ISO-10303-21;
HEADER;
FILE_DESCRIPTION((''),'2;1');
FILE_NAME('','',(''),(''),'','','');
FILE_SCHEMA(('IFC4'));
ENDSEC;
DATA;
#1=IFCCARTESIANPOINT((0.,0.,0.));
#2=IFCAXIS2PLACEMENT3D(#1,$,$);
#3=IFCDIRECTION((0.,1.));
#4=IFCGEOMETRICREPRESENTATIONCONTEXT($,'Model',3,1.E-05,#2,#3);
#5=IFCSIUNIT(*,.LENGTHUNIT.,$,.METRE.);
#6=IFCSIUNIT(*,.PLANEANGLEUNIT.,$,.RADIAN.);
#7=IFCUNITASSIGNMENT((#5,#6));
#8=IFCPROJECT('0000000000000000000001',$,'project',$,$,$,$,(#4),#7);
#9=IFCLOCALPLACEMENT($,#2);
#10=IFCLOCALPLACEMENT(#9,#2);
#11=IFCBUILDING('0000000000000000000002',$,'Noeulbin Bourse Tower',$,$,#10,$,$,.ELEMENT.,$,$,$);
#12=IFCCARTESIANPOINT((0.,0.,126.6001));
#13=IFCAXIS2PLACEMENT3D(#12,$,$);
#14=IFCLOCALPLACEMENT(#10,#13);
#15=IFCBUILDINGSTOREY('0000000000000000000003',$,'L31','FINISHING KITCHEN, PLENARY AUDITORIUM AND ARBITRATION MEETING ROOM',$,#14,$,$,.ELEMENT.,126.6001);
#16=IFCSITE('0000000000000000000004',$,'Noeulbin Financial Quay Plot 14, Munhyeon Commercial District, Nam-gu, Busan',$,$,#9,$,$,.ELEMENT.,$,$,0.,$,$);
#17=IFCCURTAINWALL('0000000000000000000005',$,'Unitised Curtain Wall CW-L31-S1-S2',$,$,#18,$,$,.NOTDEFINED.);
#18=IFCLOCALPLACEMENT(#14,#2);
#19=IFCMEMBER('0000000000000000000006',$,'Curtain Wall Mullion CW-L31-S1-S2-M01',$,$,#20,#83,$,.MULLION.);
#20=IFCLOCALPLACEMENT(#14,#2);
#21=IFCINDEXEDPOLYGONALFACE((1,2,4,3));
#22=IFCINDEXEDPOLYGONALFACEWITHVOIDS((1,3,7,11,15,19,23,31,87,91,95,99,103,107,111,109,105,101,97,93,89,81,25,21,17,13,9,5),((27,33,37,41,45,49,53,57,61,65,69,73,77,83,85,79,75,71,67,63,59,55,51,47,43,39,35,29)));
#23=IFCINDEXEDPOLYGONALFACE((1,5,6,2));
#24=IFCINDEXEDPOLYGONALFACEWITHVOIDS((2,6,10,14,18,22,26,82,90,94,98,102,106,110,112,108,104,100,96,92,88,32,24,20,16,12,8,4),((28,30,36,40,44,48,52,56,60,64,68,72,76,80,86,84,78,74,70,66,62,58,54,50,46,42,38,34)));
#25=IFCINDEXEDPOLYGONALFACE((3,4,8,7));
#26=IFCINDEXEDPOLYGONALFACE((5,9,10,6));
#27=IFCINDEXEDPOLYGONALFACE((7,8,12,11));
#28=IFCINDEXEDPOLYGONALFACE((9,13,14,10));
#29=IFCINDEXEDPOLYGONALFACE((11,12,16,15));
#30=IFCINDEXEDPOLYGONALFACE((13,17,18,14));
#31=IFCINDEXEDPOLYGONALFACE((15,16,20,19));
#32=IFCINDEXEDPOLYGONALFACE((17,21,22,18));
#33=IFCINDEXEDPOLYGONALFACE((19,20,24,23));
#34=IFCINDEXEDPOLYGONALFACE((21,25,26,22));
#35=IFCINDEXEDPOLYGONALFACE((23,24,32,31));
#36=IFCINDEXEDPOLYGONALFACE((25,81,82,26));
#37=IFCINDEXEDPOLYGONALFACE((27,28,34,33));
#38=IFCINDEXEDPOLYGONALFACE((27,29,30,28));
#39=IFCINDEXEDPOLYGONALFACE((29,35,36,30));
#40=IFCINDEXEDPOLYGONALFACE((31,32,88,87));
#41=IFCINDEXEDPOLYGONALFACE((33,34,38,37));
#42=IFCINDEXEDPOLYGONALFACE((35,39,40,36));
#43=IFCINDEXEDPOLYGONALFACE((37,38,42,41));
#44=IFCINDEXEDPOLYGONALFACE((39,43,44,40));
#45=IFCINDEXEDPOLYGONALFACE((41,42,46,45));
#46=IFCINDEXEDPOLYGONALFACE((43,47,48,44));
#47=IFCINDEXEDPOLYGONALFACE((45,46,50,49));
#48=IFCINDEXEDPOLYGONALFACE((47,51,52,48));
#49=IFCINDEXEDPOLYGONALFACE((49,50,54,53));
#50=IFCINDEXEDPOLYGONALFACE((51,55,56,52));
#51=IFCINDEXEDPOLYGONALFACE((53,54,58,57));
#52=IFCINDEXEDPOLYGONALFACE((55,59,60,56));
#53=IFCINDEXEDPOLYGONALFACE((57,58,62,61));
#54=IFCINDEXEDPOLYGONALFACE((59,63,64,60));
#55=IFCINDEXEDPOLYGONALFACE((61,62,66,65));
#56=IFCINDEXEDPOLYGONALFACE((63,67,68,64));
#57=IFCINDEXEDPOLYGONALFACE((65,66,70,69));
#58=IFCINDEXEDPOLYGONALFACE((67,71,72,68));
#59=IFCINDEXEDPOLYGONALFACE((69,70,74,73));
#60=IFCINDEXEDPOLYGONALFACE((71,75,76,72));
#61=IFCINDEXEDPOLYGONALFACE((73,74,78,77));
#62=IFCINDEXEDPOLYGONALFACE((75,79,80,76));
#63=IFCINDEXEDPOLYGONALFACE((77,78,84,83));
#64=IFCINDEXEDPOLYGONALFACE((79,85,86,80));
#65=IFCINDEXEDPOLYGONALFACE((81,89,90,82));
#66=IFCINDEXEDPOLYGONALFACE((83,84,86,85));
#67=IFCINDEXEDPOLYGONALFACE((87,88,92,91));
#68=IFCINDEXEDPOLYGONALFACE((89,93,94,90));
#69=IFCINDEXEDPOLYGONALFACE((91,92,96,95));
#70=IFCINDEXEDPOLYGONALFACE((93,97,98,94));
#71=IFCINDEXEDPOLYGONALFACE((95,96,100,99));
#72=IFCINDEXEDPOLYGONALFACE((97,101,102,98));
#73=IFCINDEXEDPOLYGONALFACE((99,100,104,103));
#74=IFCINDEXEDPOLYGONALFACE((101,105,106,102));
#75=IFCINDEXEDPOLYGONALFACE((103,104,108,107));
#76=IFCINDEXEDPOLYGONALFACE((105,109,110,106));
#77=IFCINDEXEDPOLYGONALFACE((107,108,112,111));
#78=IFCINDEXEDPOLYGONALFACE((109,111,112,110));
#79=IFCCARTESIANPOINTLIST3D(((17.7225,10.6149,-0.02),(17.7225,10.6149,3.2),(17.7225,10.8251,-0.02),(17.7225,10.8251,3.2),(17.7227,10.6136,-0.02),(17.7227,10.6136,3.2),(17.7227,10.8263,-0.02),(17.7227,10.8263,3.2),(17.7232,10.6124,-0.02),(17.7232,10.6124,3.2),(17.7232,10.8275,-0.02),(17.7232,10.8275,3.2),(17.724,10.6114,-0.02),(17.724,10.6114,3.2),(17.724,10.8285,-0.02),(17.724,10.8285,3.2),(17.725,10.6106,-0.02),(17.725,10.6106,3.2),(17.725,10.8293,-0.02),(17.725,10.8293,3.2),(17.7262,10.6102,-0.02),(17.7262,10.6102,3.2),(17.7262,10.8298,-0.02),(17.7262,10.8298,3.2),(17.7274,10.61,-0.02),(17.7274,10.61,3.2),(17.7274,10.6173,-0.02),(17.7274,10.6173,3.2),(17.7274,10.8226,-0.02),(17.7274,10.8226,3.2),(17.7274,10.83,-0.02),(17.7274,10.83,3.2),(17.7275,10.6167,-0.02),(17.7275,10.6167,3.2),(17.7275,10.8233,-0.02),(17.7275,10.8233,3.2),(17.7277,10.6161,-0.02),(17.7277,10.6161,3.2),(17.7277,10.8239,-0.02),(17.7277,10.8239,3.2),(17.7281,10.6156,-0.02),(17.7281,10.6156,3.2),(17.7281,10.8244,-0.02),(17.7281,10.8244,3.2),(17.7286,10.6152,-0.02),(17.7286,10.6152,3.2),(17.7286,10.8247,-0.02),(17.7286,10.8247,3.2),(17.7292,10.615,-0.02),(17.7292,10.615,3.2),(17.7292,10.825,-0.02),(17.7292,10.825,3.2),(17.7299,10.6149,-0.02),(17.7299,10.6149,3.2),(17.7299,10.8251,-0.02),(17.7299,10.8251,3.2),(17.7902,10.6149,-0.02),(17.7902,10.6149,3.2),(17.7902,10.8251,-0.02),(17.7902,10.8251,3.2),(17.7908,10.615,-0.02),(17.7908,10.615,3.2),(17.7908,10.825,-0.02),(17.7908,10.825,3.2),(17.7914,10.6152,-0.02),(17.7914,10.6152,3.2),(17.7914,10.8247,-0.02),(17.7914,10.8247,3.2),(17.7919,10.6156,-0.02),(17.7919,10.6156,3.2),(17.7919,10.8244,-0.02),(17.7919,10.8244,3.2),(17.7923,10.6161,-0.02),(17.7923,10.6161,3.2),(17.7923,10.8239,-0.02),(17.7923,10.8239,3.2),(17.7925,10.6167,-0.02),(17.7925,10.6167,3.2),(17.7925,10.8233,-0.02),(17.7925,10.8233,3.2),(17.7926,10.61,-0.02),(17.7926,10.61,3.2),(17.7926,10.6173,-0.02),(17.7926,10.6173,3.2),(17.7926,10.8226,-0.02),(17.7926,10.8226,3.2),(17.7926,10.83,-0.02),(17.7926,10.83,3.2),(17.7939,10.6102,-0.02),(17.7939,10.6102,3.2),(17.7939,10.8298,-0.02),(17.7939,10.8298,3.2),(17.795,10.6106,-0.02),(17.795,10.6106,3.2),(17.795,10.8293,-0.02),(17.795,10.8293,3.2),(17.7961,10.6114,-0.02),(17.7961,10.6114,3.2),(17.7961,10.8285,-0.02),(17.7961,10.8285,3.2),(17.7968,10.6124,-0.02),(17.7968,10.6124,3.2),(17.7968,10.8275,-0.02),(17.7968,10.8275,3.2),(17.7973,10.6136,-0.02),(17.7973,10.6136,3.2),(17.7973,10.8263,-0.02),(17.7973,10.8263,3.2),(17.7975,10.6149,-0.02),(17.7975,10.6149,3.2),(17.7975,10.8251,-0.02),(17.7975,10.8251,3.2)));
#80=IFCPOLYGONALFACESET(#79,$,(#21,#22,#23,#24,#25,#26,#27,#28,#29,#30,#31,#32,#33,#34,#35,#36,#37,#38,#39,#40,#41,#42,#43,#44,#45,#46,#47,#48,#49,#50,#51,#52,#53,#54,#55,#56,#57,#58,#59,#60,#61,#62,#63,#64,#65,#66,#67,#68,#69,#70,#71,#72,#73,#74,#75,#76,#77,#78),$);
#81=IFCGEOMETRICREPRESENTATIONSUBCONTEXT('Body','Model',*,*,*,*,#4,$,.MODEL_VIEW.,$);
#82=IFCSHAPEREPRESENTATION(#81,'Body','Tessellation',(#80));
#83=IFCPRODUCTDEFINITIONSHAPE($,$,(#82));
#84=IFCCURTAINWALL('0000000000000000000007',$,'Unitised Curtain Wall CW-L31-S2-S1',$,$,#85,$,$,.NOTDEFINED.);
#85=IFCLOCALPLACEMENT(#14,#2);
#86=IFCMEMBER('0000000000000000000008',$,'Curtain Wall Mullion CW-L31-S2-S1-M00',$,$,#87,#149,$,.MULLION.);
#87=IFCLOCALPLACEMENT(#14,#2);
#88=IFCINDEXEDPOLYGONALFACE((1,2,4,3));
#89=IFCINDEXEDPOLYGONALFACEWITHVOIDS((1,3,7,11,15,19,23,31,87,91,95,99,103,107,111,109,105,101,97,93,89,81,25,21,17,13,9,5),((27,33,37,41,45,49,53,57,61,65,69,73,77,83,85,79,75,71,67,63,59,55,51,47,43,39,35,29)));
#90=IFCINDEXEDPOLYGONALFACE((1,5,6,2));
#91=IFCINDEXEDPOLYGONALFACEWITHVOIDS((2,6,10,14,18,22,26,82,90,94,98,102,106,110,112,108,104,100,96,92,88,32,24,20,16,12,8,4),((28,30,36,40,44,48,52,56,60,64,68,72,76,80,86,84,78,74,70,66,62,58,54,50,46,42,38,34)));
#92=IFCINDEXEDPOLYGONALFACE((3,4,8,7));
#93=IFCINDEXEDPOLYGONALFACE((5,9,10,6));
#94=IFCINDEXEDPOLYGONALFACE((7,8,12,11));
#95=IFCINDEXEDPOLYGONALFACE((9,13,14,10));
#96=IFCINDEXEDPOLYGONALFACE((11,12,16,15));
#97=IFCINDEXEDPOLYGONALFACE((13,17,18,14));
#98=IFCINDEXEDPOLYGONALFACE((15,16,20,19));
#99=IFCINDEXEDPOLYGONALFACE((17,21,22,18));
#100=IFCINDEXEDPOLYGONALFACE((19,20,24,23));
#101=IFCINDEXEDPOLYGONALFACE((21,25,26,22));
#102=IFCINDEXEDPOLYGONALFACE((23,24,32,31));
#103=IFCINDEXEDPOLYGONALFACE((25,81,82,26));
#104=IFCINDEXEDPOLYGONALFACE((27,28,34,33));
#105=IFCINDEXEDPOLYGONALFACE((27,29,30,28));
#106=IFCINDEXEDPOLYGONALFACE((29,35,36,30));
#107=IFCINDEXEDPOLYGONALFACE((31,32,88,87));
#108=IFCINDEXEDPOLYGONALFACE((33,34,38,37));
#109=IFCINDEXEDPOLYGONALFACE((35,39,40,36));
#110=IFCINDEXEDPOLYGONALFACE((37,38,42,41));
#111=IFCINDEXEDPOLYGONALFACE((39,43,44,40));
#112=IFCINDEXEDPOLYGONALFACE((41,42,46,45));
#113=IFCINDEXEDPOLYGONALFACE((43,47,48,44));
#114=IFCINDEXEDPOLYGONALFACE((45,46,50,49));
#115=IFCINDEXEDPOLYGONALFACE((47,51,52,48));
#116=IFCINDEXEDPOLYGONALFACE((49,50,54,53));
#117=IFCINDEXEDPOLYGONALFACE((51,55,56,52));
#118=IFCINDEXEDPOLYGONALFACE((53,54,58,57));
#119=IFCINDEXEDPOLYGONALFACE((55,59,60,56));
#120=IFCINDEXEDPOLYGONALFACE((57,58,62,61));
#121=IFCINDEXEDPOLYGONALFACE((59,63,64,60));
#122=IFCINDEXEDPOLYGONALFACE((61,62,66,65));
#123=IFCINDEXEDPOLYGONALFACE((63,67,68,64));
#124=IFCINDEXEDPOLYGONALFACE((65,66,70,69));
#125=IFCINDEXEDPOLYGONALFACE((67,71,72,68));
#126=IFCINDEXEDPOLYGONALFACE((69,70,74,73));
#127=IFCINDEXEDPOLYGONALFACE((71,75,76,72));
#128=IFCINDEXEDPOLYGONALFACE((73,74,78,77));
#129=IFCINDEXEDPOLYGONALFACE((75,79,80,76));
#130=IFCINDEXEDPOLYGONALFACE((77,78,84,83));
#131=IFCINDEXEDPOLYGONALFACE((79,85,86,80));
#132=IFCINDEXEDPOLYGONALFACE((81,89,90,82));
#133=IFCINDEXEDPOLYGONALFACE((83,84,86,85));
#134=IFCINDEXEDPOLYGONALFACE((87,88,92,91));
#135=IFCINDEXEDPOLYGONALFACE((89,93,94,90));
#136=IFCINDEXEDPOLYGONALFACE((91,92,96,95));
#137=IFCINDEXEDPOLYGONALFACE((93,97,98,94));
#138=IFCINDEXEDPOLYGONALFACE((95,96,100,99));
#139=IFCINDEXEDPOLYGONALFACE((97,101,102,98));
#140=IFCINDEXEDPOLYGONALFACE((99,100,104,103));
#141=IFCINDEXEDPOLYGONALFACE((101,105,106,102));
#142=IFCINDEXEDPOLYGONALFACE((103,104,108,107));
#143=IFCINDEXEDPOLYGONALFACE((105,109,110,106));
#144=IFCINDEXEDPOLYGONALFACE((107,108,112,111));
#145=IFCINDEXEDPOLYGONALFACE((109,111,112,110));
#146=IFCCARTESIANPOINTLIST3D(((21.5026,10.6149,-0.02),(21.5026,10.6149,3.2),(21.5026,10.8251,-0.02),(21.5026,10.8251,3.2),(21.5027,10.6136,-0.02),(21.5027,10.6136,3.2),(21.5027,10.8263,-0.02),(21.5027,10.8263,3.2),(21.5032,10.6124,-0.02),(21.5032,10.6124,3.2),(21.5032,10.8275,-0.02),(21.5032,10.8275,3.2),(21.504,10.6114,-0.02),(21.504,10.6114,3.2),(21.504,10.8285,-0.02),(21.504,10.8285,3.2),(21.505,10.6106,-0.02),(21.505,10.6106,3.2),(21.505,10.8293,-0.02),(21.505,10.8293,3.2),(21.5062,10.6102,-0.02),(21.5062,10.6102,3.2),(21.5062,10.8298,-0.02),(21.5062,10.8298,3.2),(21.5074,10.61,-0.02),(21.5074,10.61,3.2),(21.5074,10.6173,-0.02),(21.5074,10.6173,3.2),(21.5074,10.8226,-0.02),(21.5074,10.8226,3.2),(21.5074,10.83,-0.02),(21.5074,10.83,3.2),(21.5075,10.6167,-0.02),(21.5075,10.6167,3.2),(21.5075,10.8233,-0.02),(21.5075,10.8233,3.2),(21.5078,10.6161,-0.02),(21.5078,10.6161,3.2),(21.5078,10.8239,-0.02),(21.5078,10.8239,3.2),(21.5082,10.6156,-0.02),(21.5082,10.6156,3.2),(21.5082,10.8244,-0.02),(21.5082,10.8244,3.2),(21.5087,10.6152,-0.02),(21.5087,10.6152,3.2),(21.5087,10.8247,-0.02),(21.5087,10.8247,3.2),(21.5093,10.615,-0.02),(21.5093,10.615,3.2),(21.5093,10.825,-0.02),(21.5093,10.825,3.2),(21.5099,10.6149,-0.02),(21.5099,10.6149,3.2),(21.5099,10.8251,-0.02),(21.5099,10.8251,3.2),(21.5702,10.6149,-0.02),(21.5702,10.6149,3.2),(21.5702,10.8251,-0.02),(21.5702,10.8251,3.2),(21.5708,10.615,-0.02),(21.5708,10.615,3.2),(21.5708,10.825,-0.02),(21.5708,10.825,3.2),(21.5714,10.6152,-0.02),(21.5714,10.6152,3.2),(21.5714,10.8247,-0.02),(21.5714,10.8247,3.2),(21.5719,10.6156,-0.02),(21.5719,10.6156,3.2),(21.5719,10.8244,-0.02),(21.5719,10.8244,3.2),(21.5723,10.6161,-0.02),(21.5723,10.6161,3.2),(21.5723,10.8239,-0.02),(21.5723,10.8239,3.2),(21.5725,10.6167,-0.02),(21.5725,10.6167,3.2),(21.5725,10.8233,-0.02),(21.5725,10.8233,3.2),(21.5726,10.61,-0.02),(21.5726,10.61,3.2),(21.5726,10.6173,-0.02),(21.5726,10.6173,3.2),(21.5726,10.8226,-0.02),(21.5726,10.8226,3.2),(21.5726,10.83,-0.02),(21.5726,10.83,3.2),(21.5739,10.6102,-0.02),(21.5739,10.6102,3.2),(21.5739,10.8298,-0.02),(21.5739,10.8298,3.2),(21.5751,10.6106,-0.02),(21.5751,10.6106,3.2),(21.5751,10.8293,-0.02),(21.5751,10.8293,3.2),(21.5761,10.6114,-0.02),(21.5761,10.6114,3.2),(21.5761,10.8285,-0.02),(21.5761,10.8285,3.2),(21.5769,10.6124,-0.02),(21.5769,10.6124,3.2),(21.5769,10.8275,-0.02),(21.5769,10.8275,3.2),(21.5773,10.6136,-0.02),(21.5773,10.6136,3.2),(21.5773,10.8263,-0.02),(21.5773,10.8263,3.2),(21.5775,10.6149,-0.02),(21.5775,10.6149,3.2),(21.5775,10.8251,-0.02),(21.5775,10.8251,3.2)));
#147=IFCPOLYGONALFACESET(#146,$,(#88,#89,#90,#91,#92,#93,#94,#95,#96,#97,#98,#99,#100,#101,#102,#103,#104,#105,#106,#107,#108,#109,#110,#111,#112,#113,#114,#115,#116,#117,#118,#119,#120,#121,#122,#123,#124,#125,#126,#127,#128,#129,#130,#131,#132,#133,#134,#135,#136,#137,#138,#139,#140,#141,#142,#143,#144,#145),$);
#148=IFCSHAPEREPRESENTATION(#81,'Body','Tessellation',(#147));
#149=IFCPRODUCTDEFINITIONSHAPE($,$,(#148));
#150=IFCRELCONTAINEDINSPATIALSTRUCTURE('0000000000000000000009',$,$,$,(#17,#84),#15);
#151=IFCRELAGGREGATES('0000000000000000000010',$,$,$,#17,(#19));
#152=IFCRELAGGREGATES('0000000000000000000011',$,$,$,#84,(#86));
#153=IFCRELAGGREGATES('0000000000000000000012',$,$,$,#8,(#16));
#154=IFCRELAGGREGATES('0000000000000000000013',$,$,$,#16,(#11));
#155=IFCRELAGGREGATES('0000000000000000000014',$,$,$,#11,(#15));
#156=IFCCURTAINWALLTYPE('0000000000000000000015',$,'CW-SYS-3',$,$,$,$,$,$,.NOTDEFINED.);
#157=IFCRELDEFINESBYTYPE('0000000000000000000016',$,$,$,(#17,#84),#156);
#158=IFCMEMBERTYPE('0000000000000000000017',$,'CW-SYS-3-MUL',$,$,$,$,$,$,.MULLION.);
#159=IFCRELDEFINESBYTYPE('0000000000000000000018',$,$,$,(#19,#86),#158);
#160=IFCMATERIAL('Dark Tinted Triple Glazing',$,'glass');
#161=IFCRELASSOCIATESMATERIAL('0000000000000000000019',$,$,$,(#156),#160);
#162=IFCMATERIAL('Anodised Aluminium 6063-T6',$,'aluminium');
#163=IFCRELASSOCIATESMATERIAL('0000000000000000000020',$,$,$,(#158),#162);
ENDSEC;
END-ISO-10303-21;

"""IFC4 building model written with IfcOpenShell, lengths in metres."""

from ifc_helpers import new_model, si_unit, direction, frame, origin, origin_2d, place, context, subcontext, project, spatial, hollow_rectangle, extrude, material, material_profile, profile_set, type_object, element, aggregate, save


model = new_model("IFC4")

# Units and contexts
model_context = context("Model", 3, precision=1e-05, world=origin(), true_north=direction((0.0, 1.0)))
body_context = subcontext(model_context, "Body", "Model", "MODEL_VIEW")
ifc_project = project(units=[si_unit("LENGTHUNIT", "METRE"), si_unit("PLANEANGLEUNIT", "RADIAN")], contexts=[model_context])

# Site, building, storey
site_placement = place(None, origin())
site = spatial("IfcSite", under=ifc_project, at=site_placement, Name="Noeulbin Financial Quay Plot 14, Munhyeon Commercial District, Nam-gu, Busan", CompositionType="ELEMENT", RefElevation=0.0)
building_placement = place(site_placement, origin())
building = spatial("IfcBuilding", under=site, at=building_placement, Name="Noeulbin Bourse Tower", CompositionType="ELEMENT")
storey_placement = place(building_placement, frame((0.0, 0.0, 126.6001)))
storey = spatial("IfcBuildingStorey", under=building, at=storey_placement, Name="L31", Description="FINISHING KITCHEN, PLENARY AUDITORIUM AND ARBITRATION MEETING ROOM", CompositionType="ELEMENT", Elevation=126.6001)

# Curtain wall, member
ifc_material_1 = material(Name="Dark Tinted Triple Glazing", Category="glass")
curtain_wall_type = type_object("IfcCurtainWallType", Name="CW-SYS-3", PredefinedType="NOTDEFINED", material=ifc_material_1)
curtain_wall_1_placement = place(storey_placement, origin())
curtain_wall_1 = element("IfcCurtainWall", 1, at=curtain_wall_1_placement, inside=storey, type_object=curtain_wall_type, Name="Unitised Curtain Wall CW-L31-S1-S2", PredefinedType="NOTDEFINED")
ifc_material_2 = material(Name="Anodised Aluminium 6063-T6", Category="aluminium")
ifc_material_profile_1 = material_profile(ifc_material_2, hollow_rectangle(XDim=0.075, YDim=0.22, WallThickness=0.0049, InnerFilletRadius=0.0024, OuterFilletRadius=0.0049, at=origin_2d()), Name="ALU-MULL-75x220x5", Category="LoadBearing")
ifc_profile_set_1 = profile_set([ifc_material_profile_1], Name="Anodised Aluminium 6063-T6")
member_type_1 = type_object("IfcMemberType", Name="CW-SYS-3-MUL", PredefinedType="MULLION", material=ifc_profile_set_1)
member_1_placement = place(storey_placement, frame((17.76, 10.72, -0.02), z_axis=(0.0, 0.0, 1.0), x_axis=(1.0, 0.0, 0.0)))
member_1 = element("IfcMember", 2, at=member_1_placement, type_object=member_type_1, Name="Curtain Wall Mullion CW-L31-S1-S2-M01", PredefinedType="MULLION", context=body_context, shape_type="SweptSolid", body=[
    extrude(hollow_rectangle(XDim=0.075, YDim=0.22, WallThickness=0.0049, InnerFilletRadius=0.0024, OuterFilletRadius=0.0049, at=origin_2d()), origin(), (0.0, 0.0, 1.0), 3.22),
])

# Curtain wall, member
curtain_wall_2_placement = place(storey_placement, origin())
curtain_wall_2 = element("IfcCurtainWall", 3, at=curtain_wall_2_placement, inside=storey, type_object=curtain_wall_type, Name="Unitised Curtain Wall CW-L31-S2-S1", PredefinedType="NOTDEFINED")
member_2_placement = place(storey_placement, frame((21.54, 10.72, -0.02), z_axis=(0.0, 0.0, 1.0), x_axis=(1.0, 0.0, 0.0)))
member_2 = element("IfcMember", 4, at=member_2_placement, type_object=member_type_1, Name="Curtain Wall Mullion CW-L31-S2-S1-M00", PredefinedType="MULLION", context=body_context, shape_type="SweptSolid", body=[
    extrude(hollow_rectangle(XDim=0.075, YDim=0.22, WallThickness=0.0049, InnerFilletRadius=0.0024, OuterFilletRadius=0.0049, at=origin_2d()), origin(), (0.0, 0.0, 1.0), 3.22),
])

aggregate(curtain_wall_1, [member_1])
aggregate(curtain_wall_2, [member_2])

save(model, "model.ifc")
